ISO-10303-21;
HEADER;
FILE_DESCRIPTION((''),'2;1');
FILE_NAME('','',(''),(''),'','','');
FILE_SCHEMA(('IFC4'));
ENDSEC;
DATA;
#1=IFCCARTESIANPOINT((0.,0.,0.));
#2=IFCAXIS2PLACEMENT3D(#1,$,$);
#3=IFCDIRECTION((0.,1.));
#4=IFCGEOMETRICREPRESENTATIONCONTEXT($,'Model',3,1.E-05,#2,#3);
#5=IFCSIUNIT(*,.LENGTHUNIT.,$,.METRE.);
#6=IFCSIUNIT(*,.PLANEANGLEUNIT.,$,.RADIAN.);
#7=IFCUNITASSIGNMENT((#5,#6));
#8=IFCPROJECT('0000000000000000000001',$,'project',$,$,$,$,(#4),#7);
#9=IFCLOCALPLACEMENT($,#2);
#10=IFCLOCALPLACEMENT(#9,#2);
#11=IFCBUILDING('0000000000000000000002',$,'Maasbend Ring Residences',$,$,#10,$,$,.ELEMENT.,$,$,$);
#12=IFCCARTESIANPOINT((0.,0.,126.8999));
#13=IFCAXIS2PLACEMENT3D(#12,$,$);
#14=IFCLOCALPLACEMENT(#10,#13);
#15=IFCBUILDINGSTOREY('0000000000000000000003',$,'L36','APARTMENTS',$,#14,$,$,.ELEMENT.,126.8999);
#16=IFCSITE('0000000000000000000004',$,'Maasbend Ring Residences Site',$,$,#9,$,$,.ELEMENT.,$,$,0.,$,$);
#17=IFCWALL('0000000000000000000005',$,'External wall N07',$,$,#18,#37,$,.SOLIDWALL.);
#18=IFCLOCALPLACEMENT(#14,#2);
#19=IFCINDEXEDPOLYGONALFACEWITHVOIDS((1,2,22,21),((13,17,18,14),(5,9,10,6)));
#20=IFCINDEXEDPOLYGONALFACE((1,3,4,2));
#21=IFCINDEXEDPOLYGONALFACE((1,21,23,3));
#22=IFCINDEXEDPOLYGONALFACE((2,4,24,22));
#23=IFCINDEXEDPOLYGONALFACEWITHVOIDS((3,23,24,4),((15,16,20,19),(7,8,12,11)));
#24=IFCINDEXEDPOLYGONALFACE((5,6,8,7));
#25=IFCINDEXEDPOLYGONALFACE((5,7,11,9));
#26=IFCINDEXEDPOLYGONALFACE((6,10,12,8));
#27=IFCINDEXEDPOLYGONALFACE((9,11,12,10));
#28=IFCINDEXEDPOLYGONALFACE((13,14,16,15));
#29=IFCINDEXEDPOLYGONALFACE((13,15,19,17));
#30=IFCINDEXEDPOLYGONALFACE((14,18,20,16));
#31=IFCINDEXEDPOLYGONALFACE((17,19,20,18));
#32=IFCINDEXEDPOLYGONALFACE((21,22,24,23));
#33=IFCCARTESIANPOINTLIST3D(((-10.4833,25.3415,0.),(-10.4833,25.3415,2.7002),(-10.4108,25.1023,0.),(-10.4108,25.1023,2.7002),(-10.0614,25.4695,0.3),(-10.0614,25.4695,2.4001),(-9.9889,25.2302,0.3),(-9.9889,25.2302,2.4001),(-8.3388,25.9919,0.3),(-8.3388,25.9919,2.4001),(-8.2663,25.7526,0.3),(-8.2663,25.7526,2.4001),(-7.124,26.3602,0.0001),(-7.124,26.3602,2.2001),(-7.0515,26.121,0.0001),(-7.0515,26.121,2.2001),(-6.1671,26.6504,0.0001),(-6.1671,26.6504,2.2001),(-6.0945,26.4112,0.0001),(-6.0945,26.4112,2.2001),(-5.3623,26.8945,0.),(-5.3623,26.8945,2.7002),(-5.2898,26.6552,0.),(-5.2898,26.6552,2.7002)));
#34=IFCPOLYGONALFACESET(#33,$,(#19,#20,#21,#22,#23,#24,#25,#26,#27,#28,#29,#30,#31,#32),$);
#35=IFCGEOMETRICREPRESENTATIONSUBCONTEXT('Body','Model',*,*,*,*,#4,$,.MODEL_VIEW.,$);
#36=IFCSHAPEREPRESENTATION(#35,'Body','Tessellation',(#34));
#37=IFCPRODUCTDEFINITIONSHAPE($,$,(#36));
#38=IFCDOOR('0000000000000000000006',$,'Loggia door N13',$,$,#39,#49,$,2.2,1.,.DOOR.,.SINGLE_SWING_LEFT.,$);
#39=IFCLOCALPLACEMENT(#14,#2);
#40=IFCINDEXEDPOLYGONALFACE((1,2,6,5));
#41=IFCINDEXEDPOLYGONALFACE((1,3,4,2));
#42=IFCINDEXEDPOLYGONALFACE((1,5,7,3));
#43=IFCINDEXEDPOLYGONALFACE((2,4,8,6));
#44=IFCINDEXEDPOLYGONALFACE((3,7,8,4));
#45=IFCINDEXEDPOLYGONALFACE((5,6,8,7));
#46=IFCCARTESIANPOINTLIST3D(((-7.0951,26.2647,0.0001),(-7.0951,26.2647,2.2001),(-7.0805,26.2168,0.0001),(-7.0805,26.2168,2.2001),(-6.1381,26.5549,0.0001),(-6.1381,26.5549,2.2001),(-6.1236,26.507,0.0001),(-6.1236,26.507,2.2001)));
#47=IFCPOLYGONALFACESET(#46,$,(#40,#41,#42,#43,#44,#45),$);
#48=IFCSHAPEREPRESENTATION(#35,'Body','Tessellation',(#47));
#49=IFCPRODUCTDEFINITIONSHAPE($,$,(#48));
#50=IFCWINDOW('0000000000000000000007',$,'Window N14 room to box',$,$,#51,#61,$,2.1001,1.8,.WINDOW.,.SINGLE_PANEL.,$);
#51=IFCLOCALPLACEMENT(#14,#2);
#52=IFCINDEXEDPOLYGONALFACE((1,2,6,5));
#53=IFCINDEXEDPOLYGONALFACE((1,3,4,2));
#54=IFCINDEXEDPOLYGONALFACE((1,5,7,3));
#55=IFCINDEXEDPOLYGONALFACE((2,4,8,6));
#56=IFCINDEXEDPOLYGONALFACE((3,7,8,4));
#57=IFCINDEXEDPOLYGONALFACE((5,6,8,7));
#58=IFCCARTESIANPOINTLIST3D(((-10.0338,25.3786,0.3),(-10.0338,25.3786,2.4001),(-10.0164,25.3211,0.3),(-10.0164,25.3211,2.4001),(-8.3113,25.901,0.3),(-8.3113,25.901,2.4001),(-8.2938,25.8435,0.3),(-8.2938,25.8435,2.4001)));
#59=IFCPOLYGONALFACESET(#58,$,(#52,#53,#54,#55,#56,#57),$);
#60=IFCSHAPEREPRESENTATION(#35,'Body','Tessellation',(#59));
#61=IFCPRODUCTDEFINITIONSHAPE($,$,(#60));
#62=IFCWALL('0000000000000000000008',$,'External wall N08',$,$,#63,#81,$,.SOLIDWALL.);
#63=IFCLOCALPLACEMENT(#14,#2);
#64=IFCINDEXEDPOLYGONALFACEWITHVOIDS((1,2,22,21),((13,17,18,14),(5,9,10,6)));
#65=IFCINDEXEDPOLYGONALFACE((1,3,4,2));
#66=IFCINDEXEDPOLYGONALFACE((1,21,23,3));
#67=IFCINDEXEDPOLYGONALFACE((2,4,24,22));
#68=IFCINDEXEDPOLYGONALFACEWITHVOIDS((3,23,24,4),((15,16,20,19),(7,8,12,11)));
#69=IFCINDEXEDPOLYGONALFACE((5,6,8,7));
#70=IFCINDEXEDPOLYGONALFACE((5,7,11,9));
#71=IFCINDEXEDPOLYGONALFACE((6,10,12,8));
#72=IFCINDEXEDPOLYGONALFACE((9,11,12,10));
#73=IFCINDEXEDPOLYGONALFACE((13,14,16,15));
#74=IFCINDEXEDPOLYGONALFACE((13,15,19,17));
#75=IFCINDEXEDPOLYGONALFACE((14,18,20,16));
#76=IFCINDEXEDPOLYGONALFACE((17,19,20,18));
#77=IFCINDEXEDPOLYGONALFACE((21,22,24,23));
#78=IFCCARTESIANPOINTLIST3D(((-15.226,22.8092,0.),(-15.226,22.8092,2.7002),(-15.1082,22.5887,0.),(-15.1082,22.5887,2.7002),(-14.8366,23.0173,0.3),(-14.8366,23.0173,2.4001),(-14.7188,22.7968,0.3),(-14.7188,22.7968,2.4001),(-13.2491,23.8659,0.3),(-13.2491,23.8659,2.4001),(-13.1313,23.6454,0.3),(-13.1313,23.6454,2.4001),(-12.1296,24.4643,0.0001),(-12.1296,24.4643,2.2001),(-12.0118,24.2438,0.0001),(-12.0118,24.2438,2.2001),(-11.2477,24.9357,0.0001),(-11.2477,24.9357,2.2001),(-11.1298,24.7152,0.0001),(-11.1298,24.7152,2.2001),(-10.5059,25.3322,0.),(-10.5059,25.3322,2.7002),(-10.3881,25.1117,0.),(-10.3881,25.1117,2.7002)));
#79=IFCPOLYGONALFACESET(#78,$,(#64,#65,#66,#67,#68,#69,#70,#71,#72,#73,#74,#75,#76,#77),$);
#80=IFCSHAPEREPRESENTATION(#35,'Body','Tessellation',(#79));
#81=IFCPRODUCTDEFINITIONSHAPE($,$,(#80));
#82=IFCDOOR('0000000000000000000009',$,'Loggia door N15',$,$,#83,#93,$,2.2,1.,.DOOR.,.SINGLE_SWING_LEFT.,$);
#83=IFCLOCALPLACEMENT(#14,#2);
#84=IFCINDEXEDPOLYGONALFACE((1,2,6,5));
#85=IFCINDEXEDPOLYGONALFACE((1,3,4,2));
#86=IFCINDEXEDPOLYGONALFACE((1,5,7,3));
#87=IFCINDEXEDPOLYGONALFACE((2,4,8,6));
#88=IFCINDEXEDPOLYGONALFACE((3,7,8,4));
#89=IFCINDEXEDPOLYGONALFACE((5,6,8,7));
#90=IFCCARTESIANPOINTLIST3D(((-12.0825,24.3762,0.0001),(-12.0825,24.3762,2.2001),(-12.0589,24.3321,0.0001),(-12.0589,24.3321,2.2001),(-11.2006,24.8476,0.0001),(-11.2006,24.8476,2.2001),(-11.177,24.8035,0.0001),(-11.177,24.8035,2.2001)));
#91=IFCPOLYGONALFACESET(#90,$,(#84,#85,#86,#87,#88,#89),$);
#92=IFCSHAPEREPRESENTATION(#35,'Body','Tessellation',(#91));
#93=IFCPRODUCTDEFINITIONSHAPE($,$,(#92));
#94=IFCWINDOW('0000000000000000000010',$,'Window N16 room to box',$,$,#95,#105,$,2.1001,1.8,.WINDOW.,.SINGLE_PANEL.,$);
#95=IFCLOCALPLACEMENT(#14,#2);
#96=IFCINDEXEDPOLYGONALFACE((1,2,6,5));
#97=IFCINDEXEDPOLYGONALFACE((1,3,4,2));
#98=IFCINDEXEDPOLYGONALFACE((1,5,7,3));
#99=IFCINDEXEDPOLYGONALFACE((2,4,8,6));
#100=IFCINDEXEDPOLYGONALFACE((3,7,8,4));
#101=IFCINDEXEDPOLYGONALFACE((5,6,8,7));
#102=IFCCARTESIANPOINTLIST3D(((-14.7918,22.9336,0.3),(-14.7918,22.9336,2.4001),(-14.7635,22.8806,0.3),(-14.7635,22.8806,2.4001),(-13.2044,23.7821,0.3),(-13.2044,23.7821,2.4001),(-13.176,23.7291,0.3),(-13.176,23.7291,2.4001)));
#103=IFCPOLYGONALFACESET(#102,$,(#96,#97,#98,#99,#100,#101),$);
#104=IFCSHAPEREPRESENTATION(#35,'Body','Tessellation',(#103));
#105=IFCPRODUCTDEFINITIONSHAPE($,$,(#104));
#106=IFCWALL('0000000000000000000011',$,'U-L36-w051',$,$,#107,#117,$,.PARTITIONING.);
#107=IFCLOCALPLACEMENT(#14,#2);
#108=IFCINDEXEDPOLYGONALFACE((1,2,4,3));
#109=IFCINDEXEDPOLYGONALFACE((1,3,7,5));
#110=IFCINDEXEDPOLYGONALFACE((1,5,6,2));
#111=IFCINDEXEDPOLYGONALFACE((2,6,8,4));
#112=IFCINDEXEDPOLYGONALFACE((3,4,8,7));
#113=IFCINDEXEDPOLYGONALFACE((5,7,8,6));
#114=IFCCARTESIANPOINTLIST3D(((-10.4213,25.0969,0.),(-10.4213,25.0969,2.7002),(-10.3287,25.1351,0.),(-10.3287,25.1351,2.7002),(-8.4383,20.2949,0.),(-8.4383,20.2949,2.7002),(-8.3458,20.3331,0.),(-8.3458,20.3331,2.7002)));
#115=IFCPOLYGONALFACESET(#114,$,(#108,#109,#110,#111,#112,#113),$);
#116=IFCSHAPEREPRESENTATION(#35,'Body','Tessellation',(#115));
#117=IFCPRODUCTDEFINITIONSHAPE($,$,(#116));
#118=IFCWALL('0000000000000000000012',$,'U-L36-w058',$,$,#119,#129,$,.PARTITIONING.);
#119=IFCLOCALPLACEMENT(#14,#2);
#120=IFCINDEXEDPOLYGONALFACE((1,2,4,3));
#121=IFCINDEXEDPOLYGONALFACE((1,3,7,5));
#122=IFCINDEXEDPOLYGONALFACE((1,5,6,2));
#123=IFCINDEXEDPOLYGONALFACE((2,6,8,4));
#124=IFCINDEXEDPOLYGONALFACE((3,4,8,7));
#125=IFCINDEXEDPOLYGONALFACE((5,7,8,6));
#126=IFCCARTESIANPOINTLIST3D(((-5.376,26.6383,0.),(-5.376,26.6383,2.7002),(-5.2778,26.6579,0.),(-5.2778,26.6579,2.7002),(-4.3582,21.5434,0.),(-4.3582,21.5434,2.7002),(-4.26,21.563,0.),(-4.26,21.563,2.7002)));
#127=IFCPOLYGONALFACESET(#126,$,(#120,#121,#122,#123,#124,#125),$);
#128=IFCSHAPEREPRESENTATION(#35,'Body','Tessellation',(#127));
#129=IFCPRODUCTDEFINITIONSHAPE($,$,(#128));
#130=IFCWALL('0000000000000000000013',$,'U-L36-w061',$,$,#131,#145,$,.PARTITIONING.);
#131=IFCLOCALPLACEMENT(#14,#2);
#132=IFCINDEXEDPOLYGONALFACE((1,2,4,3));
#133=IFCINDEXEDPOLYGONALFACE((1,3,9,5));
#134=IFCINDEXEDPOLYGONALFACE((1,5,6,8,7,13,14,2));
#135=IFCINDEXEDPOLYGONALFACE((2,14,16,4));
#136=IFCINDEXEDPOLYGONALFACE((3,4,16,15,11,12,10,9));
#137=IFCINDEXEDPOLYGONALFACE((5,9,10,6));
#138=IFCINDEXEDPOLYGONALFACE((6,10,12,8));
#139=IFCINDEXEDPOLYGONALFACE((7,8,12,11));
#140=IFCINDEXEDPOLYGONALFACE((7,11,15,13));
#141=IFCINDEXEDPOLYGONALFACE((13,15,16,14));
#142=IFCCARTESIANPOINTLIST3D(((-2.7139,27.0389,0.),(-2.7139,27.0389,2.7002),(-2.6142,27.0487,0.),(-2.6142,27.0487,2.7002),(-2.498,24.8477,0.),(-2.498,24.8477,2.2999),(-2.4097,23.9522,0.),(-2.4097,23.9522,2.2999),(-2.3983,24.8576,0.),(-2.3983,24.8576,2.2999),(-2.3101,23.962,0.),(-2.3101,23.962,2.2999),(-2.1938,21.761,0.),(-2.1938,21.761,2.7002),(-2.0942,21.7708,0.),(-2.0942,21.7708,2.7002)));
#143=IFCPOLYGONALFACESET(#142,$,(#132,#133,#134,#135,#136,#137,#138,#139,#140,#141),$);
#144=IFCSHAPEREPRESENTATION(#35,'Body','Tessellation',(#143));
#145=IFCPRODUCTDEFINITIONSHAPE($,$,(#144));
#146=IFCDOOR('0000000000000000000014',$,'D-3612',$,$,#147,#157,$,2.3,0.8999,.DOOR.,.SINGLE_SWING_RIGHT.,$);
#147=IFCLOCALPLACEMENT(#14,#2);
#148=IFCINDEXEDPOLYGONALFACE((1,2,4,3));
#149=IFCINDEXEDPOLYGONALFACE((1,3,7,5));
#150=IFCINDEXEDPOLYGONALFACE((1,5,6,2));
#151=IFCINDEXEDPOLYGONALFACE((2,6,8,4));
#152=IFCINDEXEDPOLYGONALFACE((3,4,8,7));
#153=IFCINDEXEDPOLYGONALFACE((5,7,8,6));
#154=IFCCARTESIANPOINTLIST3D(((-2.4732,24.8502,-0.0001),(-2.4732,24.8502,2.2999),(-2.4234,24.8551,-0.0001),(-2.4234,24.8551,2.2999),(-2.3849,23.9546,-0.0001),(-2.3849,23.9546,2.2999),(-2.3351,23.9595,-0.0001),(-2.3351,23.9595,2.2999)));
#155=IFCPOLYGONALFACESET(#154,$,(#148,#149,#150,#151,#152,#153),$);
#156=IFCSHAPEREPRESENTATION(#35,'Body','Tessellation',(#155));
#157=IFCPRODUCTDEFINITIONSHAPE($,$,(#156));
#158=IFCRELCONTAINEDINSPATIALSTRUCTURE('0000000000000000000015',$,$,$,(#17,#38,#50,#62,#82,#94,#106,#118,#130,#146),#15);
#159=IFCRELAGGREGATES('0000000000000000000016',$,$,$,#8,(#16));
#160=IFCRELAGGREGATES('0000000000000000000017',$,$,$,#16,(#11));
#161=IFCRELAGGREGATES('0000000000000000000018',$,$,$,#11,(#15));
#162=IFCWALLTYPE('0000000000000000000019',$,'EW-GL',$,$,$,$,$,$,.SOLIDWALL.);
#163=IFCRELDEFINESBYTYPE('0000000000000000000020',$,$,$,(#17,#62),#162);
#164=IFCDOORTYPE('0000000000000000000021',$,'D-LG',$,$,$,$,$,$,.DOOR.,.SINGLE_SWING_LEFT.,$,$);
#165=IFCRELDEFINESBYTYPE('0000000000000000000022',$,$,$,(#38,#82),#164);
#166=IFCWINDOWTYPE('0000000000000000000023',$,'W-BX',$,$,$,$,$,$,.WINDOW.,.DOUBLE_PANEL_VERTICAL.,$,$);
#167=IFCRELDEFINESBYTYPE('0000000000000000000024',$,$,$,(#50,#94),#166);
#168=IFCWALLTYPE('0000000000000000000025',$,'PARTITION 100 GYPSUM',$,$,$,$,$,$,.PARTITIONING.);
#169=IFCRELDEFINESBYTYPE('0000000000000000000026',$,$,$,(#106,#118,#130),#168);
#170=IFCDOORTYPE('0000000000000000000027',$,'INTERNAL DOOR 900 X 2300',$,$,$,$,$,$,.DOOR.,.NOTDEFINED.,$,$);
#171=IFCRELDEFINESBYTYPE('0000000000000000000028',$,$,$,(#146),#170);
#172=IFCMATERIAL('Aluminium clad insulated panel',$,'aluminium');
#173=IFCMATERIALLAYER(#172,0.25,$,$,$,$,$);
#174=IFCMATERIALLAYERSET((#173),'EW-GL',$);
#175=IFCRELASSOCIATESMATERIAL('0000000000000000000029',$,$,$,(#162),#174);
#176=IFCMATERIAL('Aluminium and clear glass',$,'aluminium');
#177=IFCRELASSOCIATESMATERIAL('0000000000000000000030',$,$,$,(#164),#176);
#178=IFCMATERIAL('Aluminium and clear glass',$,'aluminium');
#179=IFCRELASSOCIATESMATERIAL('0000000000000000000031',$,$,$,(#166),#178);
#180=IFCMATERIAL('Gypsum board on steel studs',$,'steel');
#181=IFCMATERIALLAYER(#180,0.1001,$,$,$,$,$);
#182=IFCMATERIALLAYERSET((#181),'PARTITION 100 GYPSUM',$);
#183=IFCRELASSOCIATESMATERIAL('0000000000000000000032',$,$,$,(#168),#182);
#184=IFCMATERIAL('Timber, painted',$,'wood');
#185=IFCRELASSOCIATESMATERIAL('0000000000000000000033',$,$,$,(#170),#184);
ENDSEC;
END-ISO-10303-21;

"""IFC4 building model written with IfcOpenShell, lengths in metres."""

from ifc_helpers import new_model, si_unit, direction, frame, frame_2d, origin, place, context, subcontext, project, spatial, rectangle, extrude, material, layer, layer_set, type_object, element, fill, save


model = new_model("IFC4")

# Units and contexts
model_context = context("Model", 3, precision=1e-05, world=origin(), true_north=direction((0.0, 1.0)))
body_context = subcontext(model_context, "Body", "Model", "MODEL_VIEW")
ifc_project = project(units=[si_unit("LENGTHUNIT", "METRE"), si_unit("PLANEANGLEUNIT", "RADIAN")], contexts=[model_context])

# Site, building, storey
site_placement = place(None, origin())
site = spatial("IfcSite", under=ifc_project, at=site_placement, Name="Maasbend Ring Residences Site", CompositionType="ELEMENT", RefElevation=0.0)
building_placement = place(site_placement, origin())
building = spatial("IfcBuilding", under=site, at=building_placement, Name="Maasbend Ring Residences", CompositionType="ELEMENT")
storey_placement = place(building_placement, frame((0.0, 0.0, 126.8999)))
storey = spatial("IfcBuildingStorey", under=building, at=storey_placement, Name="L36", Description="APARTMENTS", CompositionType="ELEMENT", Elevation=126.8999)

# Walls, openings, doors, windows
ifc_material_1 = material(Name="Aluminium clad insulated panel", Category="aluminium")
ifc_layer_1 = layer(ifc_material_1, 0.25)
ifc_layer_set_1 = layer_set([ifc_layer_1], Name="EW-GL")
wall_type_1 = type_object("IfcWallType", Name="EW-GL", PredefinedType="SOLIDWALL", material=ifc_layer_set_1)
wall_1_placement = place(storey_placement, frame((-5.3259, 26.7749, 0.0), z_axis=(0.0, 0.0, 1.0), x_axis=(-0.956966, -0.290201, 0.0)))
wall_1 = element("IfcWall", 1, at=wall_1_placement, inside=storey, type_object=wall_type_1, Name="External wall N07", PredefinedType="SOLIDWALL", context=body_context, shape_type="SweptSolid", body=[
    extrude(rectangle(XDim=5.3513, YDim=0.25, at=frame_2d((2.6758, 0.0))), origin(), (0.0, 0.0, 1.0), 2.7002),
])
opening_1_placement = place(wall_1_placement, frame((0.8411, 0.0, 0.0)))
opening_1 = element("IfcOpeningElement", 2, at=opening_1_placement, cuts=wall_1, PredefinedType="OPENING", context=body_context, shape_type="SweptSolid", body=[
    extrude(rectangle(XDim=1.0, YDim=2.2, at=frame_2d((0.5, 1.1001))), frame((0.0, 0.135, 0.0), z_axis=(0.0, -1.0, 0.0), x_axis=(1.0, 0.0, 0.0)), (0.0, 0.0, 1.0), 0.27),
])
opening_2_placement = place(wall_1_placement, frame((3.1106, 0.0, 0.3)))
opening_2 = element("IfcOpeningElement", 3, at=opening_2_placement, cuts=wall_1, PredefinedType="OPENING", context=body_context, shape_type="SweptSolid", body=[
    extrude(rectangle(XDim=1.8, YDim=2.1001, at=frame_2d((0.8999, 1.05))), frame((0.0, 0.135, 0.0), z_axis=(0.0, -1.0, 0.0), x_axis=(1.0, 0.0, 0.0)), (0.0, 0.0, 1.0), 0.27),
])
ifc_material_2 = material(Name="Aluminium and clear glass", Category="aluminium")
door_type_1 = type_object("IfcDoorType", Name="D-LG", OperationType="SINGLE_SWING_LEFT", PredefinedType="DOOR", material=ifc_material_2)
door_1_placement = place(opening_1_placement, origin())
door_1 = element("IfcDoor", 4, at=door_1_placement, inside=storey, type_object=door_type_1, Name="Loggia door N13", OperationType="SINGLE_SWING_LEFT", OverallHeight=2.2, OverallWidth=1.0, PredefinedType="DOOR", context=body_context, shape_type="SweptSolid", body=[
    extrude(rectangle(XDim=1.0, YDim=2.2, at=frame_2d((0.5, 1.1001))), frame((0.0, 0.0249, 0.0), z_axis=(0.0, -1.0, 0.0), x_axis=(1.0, 0.0, 0.0)), (0.0, 0.0, 1.0), 0.05),
])
fill(opening_1, door_1)
ifc_material_3 = material(Name="Aluminium and clear glass", Category="aluminium")
window_type_1 = type_object("IfcWindowType", Name="W-BX", PartitioningType="DOUBLE_PANEL_VERTICAL", PredefinedType="WINDOW", material=ifc_material_3)
window_1_placement = place(opening_2_placement, origin())
window_1 = element("IfcWindow", 5, at=window_1_placement, inside=storey, type_object=window_type_1, Name="Window N14 room to box", OverallHeight=2.1001, OverallWidth=1.8, PartitioningType="SINGLE_PANEL", PredefinedType="WINDOW", context=body_context, shape_type="SweptSolid", body=[
    extrude(rectangle(XDim=1.8, YDim=2.1001, at=frame_2d((0.8999, 1.05))), frame((0.0, 0.03, 0.0), z_axis=(0.0, -1.0, 0.0), x_axis=(1.0, 0.0, 0.0)), (0.0, 0.0, 1.0), 0.0601),
])
fill(opening_2, window_1)
wall_2_placement = place(storey_placement, frame((-10.447, 25.2219, 0.0), z_axis=(0.0, 0.0, 1.0), x_axis=(-0.881916, -0.471407, 0.0)))
wall_2 = element("IfcWall", 6, at=wall_2_placement, inside=storey, type_object=wall_type_1, Name="External wall N08", PredefinedType="SOLIDWALL", context=body_context, shape_type="SweptSolid", body=[
    extrude(rectangle(XDim=5.3521, YDim=0.25, at=frame_2d((2.676, 0.0))), origin(), (0.0, 0.0, 1.0), 2.7002),
])
opening_3_placement = place(wall_2_placement, frame((0.8411, 0.0, 0.0)))
opening_3 = element("IfcOpeningElement", 7, at=opening_3_placement, cuts=wall_2, PredefinedType="OPENING", context=body_context, shape_type="SweptSolid", body=[
    extrude(rectangle(XDim=1.0, YDim=2.2, at=frame_2d((0.5, 1.1001))), frame((0.0, 0.135, 0.0), z_axis=(0.0, -1.0, 0.0), x_axis=(1.0, 0.0, 0.0)), (0.0, 0.0, 1.0), 0.27),
])
opening_4_placement = place(wall_2_placement, frame((3.1106, 0.0, 0.3)))
opening_4 = element("IfcOpeningElement", 8, at=opening_4_placement, cuts=wall_2, PredefinedType="OPENING", context=body_context, shape_type="SweptSolid", body=[
    extrude(rectangle(XDim=1.8, YDim=2.1001, at=frame_2d((0.8999, 1.05))), frame((0.0, 0.135, 0.0), z_axis=(0.0, -1.0, 0.0), x_axis=(1.0, 0.0, 0.0)), (0.0, 0.0, 1.0), 0.27),
])
door_2_placement = place(opening_3_placement, origin())
door_2 = element("IfcDoor", 9, at=door_2_placement, inside=storey, type_object=door_type_1, Name="Loggia door N15", OperationType="SINGLE_SWING_LEFT", OverallHeight=2.2, OverallWidth=1.0, PredefinedType="DOOR", context=body_context, shape_type="SweptSolid", body=[
    extrude(rectangle(XDim=1.0, YDim=2.2, at=frame_2d((0.5, 1.1001))), frame((0.0, 0.0249, 0.0), z_axis=(0.0, -1.0, 0.0), x_axis=(1.0, 0.0, 0.0)), (0.0, 0.0, 1.0), 0.05),
])
fill(opening_3, door_2)
window_2_placement = place(opening_4_placement, origin())
window_2 = element("IfcWindow", 10, at=window_2_placement, inside=storey, type_object=window_type_1, Name="Window N16 room to box", OverallHeight=2.1001, OverallWidth=1.8, PartitioningType="SINGLE_PANEL", PredefinedType="WINDOW", context=body_context, shape_type="SweptSolid", body=[
    extrude(rectangle(XDim=1.8, YDim=2.1001, at=frame_2d((0.8999, 1.05))), frame((0.0, 0.03, 0.0), z_axis=(0.0, -1.0, 0.0), x_axis=(1.0, 0.0, 0.0)), (0.0, 0.0, 1.0), 0.0601),
])
fill(opening_4, window_2)

# Walls
ifc_material_4 = material(Name="Gypsum board on steel studs", Category="steel")
ifc_layer_2 = layer(ifc_material_4, 0.1001)
ifc_layer_set_2 = layer_set([ifc_layer_2], Name="PARTITION 100 GYPSUM")
wall_type_2 = type_object("IfcWallType", Name="PARTITION 100 GYPSUM", PredefinedType="PARTITIONING", material=ifc_layer_set_2)
wall_3_placement = place(storey_placement, frame((-10.375, 25.116, 0.0), z_axis=(0.0, 0.0, 1.0), x_axis=(0.381674, -0.924297, 0.0)))
element("IfcWall", 11, at=wall_3_placement, inside=storey, type_object=wall_type_2, Name="U-L36-w051", PredefinedType="PARTITIONING", context=body_context, shape_type="SweptSolid", body=[
    extrude(rectangle(XDim=5.1953, YDim=0.1001, at=frame_2d((2.5977, 0.0))), origin(), (0.0, 0.0, 1.0), 2.7002),
])
wall_4_placement = place(storey_placement, frame((-5.3269, 26.6479, 0.0), z_axis=(0.0, 0.0, 1.0), x_axis=(0.195899, -0.980624, 0.0)))
element("IfcWall", 12, at=wall_4_placement, inside=storey, type_object=wall_type_2, Name="U-L36-w058", PredefinedType="PARTITIONING", context=body_context, shape_type="SweptSolid", body=[
    extrude(rectangle(XDim=5.1956, YDim=0.1001, at=frame_2d((2.5977, 0.0))), origin(), (0.0, 0.0, 1.0), 2.7002),
])

# Wall, opening, door
wall_5_placement = place(storey_placement, frame((-2.6641, 27.0439, 0.0), z_axis=(0.0, 0.0, 1.0), x_axis=(0.098054, -0.995181, 0.0)))
wall_5 = element("IfcWall", 13, at=wall_5_placement, inside=storey, type_object=wall_type_2, Name="U-L36-w061", PredefinedType="PARTITIONING", context=body_context, shape_type="SweptSolid", body=[
    extrude(rectangle(XDim=5.3035, YDim=0.1001, at=frame_2d((2.6519, 0.0))), origin(), (0.0, 0.0, 1.0), 2.7002),
])
opening_5_placement = place(wall_5_placement, frame((2.2019, 0.0, 0.0)))
opening_5 = element("IfcOpeningElement", 14, at=opening_5_placement, cuts=wall_5, PredefinedType="OPENING", context=body_context, shape_type="SweptSolid", body=[
    extrude(rectangle(XDim=0.8999, YDim=2.3, at=frame_2d((0.45, 1.1499))), frame((0.0, 0.0601, 0.0), z_axis=(0.0, -1.0, 0.0), x_axis=(1.0, 0.0, 0.0)), (0.0, 0.0, 1.0), 0.1201),
])
ifc_material_5 = material(Name="Timber, painted", Category="wood")
door_type_2 = type_object("IfcDoorType", Name="INTERNAL DOOR 900 X 2300", OperationType="NOTDEFINED", PredefinedType="DOOR", material=ifc_material_5)
door_3_placement = place(opening_5_placement, origin())
door_3 = element("IfcDoor", 15, at=door_3_placement, inside=storey, type_object=door_type_2, Name="D-3612", OperationType="SINGLE_SWING_RIGHT", OverallHeight=2.3, OverallWidth=0.8999, PredefinedType="DOOR", context=body_context, shape_type="SweptSolid", body=[
    extrude(rectangle(XDim=0.8999, YDim=2.3, at=frame_2d((0.45, 1.1499))), frame((0.0, 0.0249, 0.0), z_axis=(0.0, -1.0, 0.0), x_axis=(1.0, 0.0, 0.0)), (0.0, 0.0, 1.0), 0.05),
])
fill(opening_5, door_3)

save(model, "model.ifc")
